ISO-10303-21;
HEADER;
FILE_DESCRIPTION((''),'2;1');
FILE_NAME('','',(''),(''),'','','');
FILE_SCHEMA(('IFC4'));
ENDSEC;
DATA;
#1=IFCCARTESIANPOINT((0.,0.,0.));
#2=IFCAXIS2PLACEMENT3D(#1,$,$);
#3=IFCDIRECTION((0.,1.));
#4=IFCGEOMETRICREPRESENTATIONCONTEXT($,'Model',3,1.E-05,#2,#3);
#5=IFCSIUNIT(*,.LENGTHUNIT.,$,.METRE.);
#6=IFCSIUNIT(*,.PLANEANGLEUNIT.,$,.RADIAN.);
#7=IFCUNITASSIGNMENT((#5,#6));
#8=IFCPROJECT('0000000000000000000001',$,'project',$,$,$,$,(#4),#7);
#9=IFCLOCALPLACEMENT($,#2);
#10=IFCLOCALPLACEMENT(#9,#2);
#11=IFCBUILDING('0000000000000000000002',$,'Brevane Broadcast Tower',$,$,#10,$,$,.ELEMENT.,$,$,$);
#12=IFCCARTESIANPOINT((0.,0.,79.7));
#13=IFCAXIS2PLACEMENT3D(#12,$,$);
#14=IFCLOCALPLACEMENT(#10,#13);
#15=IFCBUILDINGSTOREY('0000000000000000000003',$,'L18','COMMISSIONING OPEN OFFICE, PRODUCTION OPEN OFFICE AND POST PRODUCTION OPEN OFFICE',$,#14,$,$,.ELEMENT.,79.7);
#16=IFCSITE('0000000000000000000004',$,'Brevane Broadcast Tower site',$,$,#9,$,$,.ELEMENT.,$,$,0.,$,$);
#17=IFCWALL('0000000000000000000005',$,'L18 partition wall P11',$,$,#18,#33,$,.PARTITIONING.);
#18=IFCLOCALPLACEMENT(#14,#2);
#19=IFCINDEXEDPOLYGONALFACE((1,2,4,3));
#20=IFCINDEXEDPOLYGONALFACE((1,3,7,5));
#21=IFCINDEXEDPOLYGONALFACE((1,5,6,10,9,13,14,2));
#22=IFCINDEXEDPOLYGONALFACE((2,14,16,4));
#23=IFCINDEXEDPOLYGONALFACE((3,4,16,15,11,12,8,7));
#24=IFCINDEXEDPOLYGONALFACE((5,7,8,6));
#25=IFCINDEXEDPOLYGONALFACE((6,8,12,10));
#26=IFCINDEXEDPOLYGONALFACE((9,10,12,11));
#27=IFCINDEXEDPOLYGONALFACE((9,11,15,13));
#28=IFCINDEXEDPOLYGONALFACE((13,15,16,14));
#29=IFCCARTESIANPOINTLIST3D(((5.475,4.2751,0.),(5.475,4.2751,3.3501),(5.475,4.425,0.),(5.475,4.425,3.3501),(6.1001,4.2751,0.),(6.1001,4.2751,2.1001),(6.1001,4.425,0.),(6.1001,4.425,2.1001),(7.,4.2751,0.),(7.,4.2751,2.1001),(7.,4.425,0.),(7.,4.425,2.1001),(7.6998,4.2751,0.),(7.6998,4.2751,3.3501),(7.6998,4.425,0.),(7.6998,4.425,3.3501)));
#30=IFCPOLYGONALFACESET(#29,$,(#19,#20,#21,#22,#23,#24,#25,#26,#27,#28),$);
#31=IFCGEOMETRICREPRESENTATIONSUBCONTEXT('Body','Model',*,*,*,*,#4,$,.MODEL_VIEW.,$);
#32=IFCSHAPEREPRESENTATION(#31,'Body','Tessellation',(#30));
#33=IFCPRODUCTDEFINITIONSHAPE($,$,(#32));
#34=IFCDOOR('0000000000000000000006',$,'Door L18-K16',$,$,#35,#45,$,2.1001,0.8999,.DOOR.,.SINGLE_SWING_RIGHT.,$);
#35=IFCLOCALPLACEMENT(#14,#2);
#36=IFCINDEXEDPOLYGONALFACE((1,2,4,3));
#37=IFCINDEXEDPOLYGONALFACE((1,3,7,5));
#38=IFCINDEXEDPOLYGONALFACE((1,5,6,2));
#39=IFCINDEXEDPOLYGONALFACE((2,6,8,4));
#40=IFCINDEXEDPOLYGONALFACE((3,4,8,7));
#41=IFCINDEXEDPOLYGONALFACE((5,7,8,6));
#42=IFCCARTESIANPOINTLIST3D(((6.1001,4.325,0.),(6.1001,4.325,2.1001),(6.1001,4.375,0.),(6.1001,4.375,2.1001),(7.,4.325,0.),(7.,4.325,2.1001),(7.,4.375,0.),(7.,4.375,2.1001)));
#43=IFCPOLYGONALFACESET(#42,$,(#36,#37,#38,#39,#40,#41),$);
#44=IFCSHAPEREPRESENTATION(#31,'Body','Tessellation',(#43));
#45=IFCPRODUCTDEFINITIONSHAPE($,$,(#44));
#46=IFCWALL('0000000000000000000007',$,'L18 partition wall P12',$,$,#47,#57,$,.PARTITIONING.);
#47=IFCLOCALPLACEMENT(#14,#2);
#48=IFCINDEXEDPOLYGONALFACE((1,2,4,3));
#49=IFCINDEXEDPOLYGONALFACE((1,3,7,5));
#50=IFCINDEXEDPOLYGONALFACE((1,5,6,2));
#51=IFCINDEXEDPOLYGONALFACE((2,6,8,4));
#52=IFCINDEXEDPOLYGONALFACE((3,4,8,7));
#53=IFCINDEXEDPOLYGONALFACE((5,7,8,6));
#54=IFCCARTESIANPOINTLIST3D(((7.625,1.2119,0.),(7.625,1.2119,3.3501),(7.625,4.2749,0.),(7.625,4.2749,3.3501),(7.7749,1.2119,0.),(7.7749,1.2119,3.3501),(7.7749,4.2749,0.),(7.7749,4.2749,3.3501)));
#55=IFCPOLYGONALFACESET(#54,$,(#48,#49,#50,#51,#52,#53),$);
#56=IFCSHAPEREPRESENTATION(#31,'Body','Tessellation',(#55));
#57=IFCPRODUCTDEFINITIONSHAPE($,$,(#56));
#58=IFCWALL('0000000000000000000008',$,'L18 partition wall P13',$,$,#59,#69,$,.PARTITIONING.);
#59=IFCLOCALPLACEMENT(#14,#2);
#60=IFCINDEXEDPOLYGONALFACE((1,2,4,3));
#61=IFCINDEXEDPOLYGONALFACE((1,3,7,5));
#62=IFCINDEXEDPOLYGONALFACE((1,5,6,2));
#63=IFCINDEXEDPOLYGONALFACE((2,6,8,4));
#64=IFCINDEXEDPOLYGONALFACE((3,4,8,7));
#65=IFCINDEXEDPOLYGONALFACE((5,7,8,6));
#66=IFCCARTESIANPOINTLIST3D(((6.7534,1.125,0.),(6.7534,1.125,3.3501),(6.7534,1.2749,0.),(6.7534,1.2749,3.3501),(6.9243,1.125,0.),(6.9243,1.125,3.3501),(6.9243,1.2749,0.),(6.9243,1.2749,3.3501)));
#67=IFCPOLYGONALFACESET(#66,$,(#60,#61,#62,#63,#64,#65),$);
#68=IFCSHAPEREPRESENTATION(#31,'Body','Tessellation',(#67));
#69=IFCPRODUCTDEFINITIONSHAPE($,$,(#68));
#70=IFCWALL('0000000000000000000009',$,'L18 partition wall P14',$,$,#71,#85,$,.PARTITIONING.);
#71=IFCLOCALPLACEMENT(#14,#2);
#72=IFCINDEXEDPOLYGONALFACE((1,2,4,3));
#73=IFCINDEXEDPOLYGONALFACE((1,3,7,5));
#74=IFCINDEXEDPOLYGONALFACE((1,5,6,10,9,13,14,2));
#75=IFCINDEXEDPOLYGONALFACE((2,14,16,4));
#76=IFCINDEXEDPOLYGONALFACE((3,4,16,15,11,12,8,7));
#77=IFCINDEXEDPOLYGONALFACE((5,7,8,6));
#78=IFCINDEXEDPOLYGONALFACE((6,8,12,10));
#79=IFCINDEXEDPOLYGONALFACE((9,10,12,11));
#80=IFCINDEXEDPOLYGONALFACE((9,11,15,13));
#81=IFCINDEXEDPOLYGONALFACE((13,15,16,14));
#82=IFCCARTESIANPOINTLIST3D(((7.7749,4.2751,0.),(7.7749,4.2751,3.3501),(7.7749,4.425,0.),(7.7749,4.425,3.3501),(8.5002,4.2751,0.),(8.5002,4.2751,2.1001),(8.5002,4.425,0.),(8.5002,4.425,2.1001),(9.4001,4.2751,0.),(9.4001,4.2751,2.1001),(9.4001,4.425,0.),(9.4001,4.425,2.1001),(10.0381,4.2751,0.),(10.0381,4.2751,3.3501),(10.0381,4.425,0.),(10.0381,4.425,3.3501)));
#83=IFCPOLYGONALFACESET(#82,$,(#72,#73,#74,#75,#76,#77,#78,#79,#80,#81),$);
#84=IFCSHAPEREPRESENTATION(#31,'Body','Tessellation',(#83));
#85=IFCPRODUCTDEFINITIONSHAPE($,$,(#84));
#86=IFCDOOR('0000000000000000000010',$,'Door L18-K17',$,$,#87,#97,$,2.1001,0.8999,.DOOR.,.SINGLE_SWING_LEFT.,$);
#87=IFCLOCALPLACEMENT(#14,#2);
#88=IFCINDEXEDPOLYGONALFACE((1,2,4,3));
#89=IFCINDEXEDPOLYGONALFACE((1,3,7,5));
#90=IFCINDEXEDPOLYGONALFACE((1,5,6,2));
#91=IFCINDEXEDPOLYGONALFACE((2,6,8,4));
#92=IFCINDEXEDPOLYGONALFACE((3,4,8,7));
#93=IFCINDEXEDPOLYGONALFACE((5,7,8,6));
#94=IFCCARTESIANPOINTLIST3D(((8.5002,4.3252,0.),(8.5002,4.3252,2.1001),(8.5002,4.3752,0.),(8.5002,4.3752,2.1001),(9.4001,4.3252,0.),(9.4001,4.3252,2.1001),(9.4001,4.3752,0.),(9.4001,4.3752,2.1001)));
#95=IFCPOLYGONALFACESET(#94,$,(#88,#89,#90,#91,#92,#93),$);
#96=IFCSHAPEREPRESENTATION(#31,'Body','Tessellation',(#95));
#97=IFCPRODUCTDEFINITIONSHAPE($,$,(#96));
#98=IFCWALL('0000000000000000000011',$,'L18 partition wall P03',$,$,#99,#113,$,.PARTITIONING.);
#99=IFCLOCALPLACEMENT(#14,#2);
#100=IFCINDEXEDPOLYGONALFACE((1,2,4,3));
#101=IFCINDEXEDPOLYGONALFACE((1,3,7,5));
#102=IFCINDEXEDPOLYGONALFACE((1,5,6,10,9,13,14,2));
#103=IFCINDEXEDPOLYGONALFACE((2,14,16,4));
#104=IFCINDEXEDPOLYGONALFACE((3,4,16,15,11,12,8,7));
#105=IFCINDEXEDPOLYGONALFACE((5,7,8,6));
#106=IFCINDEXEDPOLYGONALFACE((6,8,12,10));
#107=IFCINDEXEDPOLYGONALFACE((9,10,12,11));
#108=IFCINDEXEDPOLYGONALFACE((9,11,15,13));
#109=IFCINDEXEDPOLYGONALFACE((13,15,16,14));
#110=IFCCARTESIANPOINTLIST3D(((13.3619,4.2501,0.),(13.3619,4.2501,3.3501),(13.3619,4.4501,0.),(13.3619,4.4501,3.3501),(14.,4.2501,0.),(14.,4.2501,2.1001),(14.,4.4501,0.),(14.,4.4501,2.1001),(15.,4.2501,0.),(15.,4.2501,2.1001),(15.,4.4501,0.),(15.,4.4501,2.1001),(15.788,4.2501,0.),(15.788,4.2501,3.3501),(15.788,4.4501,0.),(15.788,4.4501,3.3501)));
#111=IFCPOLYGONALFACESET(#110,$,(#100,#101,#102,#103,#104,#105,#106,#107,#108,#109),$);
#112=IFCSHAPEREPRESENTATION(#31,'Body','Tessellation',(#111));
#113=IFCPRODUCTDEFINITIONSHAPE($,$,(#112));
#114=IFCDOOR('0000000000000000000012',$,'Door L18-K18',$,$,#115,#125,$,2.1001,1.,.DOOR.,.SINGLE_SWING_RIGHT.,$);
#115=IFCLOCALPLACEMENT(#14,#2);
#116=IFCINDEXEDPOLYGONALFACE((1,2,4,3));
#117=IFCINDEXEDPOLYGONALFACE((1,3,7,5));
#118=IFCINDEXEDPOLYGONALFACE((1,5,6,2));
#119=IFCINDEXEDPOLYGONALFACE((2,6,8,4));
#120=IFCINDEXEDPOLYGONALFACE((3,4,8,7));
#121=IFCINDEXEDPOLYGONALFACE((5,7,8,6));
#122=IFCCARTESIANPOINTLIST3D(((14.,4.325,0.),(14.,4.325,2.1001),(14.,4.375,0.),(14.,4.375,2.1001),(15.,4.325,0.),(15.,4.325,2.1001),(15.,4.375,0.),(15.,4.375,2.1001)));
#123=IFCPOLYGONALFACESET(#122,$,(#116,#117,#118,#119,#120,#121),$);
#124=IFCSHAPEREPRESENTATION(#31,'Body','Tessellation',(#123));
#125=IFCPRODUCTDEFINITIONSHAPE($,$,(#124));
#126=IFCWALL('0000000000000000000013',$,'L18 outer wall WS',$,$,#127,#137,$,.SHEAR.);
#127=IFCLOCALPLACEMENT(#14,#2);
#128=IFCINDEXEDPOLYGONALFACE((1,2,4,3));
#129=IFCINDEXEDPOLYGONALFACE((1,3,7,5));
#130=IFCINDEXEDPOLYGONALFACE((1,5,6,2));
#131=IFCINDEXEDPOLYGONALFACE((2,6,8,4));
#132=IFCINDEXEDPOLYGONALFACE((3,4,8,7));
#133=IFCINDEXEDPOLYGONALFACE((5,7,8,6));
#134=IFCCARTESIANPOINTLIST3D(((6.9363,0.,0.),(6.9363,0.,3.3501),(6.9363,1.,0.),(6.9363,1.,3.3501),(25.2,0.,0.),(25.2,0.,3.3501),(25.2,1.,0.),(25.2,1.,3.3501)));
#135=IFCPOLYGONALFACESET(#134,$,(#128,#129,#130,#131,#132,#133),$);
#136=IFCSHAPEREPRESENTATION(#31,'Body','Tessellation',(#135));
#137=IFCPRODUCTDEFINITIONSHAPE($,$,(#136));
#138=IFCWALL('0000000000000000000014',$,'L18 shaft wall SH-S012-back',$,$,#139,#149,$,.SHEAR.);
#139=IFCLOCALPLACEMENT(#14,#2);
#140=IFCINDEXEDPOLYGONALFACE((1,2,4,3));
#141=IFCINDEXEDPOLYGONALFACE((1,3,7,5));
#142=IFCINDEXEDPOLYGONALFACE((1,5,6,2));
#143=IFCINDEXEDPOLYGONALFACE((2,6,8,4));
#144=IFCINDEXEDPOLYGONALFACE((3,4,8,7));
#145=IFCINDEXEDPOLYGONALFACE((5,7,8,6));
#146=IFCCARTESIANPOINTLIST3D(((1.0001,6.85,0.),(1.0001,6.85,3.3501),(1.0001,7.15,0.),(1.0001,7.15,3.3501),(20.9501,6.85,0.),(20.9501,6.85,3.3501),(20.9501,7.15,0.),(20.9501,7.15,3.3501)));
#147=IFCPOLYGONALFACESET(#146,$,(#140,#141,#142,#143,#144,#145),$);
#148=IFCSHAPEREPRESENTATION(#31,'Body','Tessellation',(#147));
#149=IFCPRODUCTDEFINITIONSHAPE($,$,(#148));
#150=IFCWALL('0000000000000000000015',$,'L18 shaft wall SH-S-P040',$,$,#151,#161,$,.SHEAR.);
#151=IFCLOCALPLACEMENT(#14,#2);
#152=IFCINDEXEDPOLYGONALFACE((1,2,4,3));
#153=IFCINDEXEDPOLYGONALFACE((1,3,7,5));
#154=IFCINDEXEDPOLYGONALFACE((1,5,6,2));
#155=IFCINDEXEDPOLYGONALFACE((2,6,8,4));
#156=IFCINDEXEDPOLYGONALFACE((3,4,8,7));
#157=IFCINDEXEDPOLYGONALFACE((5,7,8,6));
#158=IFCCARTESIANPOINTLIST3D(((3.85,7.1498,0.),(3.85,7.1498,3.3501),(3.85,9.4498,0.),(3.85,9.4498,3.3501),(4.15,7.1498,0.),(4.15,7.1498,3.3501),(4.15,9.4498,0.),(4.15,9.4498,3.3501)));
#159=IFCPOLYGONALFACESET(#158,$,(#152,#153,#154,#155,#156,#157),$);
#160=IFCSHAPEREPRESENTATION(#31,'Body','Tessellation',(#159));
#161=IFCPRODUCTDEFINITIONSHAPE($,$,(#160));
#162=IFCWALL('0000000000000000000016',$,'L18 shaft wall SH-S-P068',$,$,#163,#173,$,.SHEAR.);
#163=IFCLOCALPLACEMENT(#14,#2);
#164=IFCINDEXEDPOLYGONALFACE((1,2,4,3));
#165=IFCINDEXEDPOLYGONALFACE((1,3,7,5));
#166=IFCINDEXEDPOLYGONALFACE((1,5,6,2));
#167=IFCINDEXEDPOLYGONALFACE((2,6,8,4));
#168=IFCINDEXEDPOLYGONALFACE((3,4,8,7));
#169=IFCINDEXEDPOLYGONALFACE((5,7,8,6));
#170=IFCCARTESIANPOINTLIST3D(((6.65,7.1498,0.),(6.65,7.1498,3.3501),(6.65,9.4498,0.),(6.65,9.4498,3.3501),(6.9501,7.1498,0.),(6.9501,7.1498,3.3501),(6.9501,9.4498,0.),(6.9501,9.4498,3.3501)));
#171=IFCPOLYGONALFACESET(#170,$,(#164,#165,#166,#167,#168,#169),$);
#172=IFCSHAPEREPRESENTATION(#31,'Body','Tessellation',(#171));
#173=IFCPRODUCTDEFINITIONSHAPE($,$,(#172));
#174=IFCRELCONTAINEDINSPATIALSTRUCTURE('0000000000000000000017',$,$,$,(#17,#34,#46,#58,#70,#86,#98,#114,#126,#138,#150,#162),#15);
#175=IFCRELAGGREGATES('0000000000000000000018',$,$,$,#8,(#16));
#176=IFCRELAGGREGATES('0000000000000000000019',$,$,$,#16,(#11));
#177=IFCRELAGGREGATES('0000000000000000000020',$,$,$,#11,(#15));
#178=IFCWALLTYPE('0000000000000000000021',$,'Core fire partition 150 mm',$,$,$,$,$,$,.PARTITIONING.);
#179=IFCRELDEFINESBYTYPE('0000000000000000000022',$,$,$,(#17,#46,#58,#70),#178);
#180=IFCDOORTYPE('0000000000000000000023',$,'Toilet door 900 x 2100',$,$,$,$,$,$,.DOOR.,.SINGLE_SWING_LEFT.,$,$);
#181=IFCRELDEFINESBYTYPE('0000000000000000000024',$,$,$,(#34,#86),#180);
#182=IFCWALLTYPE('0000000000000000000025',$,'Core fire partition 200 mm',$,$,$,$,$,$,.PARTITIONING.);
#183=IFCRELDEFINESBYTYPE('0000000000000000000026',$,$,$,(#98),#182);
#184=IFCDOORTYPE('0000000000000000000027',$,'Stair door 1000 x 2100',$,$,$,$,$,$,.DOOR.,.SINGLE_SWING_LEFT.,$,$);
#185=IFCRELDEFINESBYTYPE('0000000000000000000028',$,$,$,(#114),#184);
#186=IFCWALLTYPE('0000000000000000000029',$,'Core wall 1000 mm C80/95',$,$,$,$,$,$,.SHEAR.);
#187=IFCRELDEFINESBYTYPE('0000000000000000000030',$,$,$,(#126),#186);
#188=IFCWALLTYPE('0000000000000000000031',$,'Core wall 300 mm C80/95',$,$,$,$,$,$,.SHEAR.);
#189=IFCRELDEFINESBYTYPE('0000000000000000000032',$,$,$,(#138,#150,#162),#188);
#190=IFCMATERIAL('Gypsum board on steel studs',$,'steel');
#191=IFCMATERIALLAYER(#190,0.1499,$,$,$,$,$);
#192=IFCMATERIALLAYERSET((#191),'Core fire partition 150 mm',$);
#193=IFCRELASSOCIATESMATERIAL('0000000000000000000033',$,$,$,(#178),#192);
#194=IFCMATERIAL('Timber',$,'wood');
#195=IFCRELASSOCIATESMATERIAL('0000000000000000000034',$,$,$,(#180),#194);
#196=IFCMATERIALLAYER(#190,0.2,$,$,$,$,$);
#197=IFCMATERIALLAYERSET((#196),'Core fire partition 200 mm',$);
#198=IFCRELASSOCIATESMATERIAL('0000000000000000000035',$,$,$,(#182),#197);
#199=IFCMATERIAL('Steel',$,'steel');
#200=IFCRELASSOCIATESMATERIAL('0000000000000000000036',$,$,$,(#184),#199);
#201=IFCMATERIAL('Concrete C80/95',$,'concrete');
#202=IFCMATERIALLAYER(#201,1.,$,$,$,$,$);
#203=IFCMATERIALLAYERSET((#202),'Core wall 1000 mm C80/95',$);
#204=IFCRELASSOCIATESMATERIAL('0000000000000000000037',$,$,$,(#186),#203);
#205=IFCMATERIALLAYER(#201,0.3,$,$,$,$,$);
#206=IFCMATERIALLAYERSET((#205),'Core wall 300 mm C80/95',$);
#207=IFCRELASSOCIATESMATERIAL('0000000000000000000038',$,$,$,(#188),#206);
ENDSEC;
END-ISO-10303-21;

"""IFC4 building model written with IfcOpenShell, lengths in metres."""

from ifc_helpers import new_model, si_unit, direction, frame, frame_2d, origin, place, context, subcontext, project, spatial, rectangle, extrude, material, layer, layer_set, type_object, element, fill, save


model = new_model("IFC4")

# Units and contexts
model_context = context("Model", 3, precision=1e-05, world=origin(), true_north=direction((0.0, 1.0)))
body_context = subcontext(model_context, "Body", "Model", "MODEL_VIEW")
ifc_project = project(units=[si_unit("LENGTHUNIT", "METRE"), si_unit("PLANEANGLEUNIT", "RADIAN")], contexts=[model_context])

# Site, building, storey
site_placement = place(None, origin())
site = spatial("IfcSite", under=ifc_project, at=site_placement, Name="Brevane Broadcast Tower site", CompositionType="ELEMENT", RefElevation=0.0)
building_placement = place(site_placement, origin())
building = spatial("IfcBuilding", under=site, at=building_placement, Name="Brevane Broadcast Tower", CompositionType="ELEMENT")
storey_placement = place(building_placement, frame((0.0, 0.0, 79.7)))
storey = spatial("IfcBuildingStorey", under=building, at=storey_placement, Name="L18", Description="COMMISSIONING OPEN OFFICE, PRODUCTION OPEN OFFICE AND POST PRODUCTION OPEN OFFICE", CompositionType="ELEMENT", Elevation=79.7)

# Shared definitions
ifc_material_1 = material(Name="Gypsum board on steel studs", Category="steel")
ifc_layer_1 = layer(ifc_material_1, 0.1499)
ifc_layer_set_1 = layer_set([ifc_layer_1], Name="Core fire partition 150 mm")
wall_type_1 = type_object("IfcWallType", Name="Core fire partition 150 mm", PredefinedType="PARTITIONING", material=ifc_layer_set_1)

# Wall, opening, door
wall_1_placement = place(storey_placement, frame((5.4751, 4.3501, 0.0), z_axis=(0.0, 0.0, 1.0), x_axis=(1.0, 0.0, 0.0)))
wall_1 = element("IfcWall", 1, at=wall_1_placement, inside=storey, type_object=wall_type_1, Name="L18 partition wall P11", PredefinedType="PARTITIONING", context=body_context, shape_type="SweptSolid", body=[
    extrude(rectangle(XDim=2.2249, YDim=0.1499, at=frame_2d((1.1123, 0.0))), origin(), (0.0, 0.0, 1.0), 3.3501),
])
opening_1_placement = place(wall_1_placement, frame((0.625, 0.0, 0.0)))
opening_1 = element("IfcOpeningElement", 2, at=opening_1_placement, cuts=wall_1, PredefinedType="OPENING", context=body_context, shape_type="SweptSolid", body=[
    extrude(rectangle(XDim=0.8999, YDim=2.1001, at=frame_2d((0.45, 1.05))), frame((0.0, 0.085, 0.0), z_axis=(0.0, -1.0, 0.0), x_axis=(1.0, 0.0, 0.0)), (0.0, 0.0, 1.0), 0.1699),
])
ifc_material_2 = material(Name="Timber", Category="wood")
door_type_1 = type_object("IfcDoorType", Name="Toilet door 900 x 2100", OperationType="SINGLE_SWING_LEFT", PredefinedType="DOOR", material=ifc_material_2)
door_1_placement = place(opening_1_placement, origin())
door_1 = element("IfcDoor", 3, at=door_1_placement, inside=storey, type_object=door_type_1, Name="Door L18-K16", OperationType="SINGLE_SWING_RIGHT", OverallHeight=2.1001, OverallWidth=0.8999, PredefinedType="DOOR", context=body_context, shape_type="SweptSolid", body=[
    extrude(rectangle(XDim=0.8999, YDim=2.1001, at=frame_2d((0.45, 1.05))), frame((0.0, 0.0249, 0.0), z_axis=(0.0, -1.0, 0.0), x_axis=(1.0, 0.0, 0.0)), (0.0, 0.0, 1.0), 0.05),
])
fill(opening_1, door_1)

# Walls
wall_2_placement = place(storey_placement, frame((7.7, 4.2749, 0.0), z_axis=(0.0, 0.0, 1.0), x_axis=(0.0, -1.0, 0.0)))
element("IfcWall", 4, at=wall_2_placement, inside=storey, type_object=wall_type_1, Name="L18 partition wall P12", PredefinedType="PARTITIONING", context=body_context, shape_type="SweptSolid", body=[
    extrude(rectangle(XDim=3.063, YDim=0.1499, at=frame_2d((1.5315, 0.0))), origin(), (0.0, 0.0, 1.0), 3.3501),
])
wall_3_placement = place(storey_placement, frame((6.9243, 1.2, 0.0), z_axis=(0.0, 0.0, 1.0), x_axis=(-1.0, 0.0, 0.0)))
element("IfcWall", 5, at=wall_3_placement, inside=storey, type_object=wall_type_1, Name="L18 partition wall P13", PredefinedType="PARTITIONING", context=body_context, shape_type="SweptSolid", body=[
    extrude(rectangle(XDim=0.1709, YDim=0.1499, at=frame_2d((0.0854, 0.0))), origin(), (0.0, 0.0, 1.0), 3.3501),
])

# Walls, openings, doors
wall_4_placement = place(storey_placement, frame((10.0381, 4.3501, 0.0), z_axis=(0.0, 0.0, 1.0), x_axis=(-1.0, 0.0, 0.0)))
wall_4 = element("IfcWall", 6, at=wall_4_placement, inside=storey, type_object=wall_type_1, Name="L18 partition wall P14", PredefinedType="PARTITIONING", context=body_context, shape_type="SweptSolid", body=[
    extrude(rectangle(XDim=2.2632, YDim=0.1499, at=frame_2d((1.1316, 0.0))), origin(), (0.0, 0.0, 1.0), 3.3501),
])
opening_2_placement = place(wall_4_placement, frame((0.6379, 0.0, 0.0)))
opening_2 = element("IfcOpeningElement", 7, at=opening_2_placement, cuts=wall_4, PredefinedType="OPENING", context=body_context, shape_type="SweptSolid", body=[
    extrude(rectangle(XDim=0.8999, YDim=2.1001, at=frame_2d((0.45, 1.05))), frame((0.0, 0.085, 0.0), z_axis=(0.0, -1.0, 0.0), x_axis=(1.0, 0.0, 0.0)), (0.0, 0.0, 1.0), 0.1699),
])
door_2_placement = place(opening_2_placement, origin())
door_2 = element("IfcDoor", 8, at=door_2_placement, inside=storey, type_object=door_type_1, Name="Door L18-K17", OperationType="SINGLE_SWING_LEFT", OverallHeight=2.1001, OverallWidth=0.8999, PredefinedType="DOOR", context=body_context, shape_type="SweptSolid", body=[
    extrude(rectangle(XDim=0.8999, YDim=2.1001, at=frame_2d((0.45, 1.05))), frame((0.0, 0.0249, 0.0), z_axis=(0.0, -1.0, 0.0), x_axis=(1.0, 0.0, 0.0)), (0.0, 0.0, 1.0), 0.05),
])
fill(opening_2, door_2)
ifc_layer_2 = layer(ifc_material_1, 0.2)
ifc_layer_set_2 = layer_set([ifc_layer_2], Name="Core fire partition 200 mm")
wall_type_2 = type_object("IfcWallType", Name="Core fire partition 200 mm", PredefinedType="PARTITIONING", material=ifc_layer_set_2)
wall_5_placement = place(storey_placement, frame((13.3621, 4.3501, 0.0), z_axis=(0.0, 0.0, 1.0), x_axis=(1.0, 0.0, 0.0)))
wall_5 = element("IfcWall", 9, at=wall_5_placement, inside=storey, type_object=wall_type_2, Name="L18 partition wall P03", PredefinedType="PARTITIONING", context=body_context, shape_type="SweptSolid", body=[
    extrude(rectangle(XDim=2.426, YDim=0.2, at=frame_2d((1.2129, 0.0))), origin(), (0.0, 0.0, 1.0), 3.3501),
])
opening_3_placement = place(wall_5_placement, frame((0.6379, 0.0, 0.0)))
opening_3 = element("IfcOpeningElement", 10, at=opening_3_placement, cuts=wall_5, PredefinedType="OPENING", context=body_context, shape_type="SweptSolid", body=[
    extrude(rectangle(XDim=1.0, YDim=2.1001, at=frame_2d((0.5, 1.05))), frame((0.0, 0.1099, 0.0), z_axis=(0.0, -1.0, 0.0), x_axis=(1.0, 0.0, 0.0)), (0.0, 0.0, 1.0), 0.22),
])
ifc_material_3 = material(Name="Steel", Category="steel")
door_type_2 = type_object("IfcDoorType", Name="Stair door 1000 x 2100", OperationType="SINGLE_SWING_LEFT", PredefinedType="DOOR", material=ifc_material_3)
door_3_placement = place(opening_3_placement, origin())
door_3 = element("IfcDoor", 11, at=door_3_placement, inside=storey, type_object=door_type_2, Name="Door L18-K18", OperationType="SINGLE_SWING_RIGHT", OverallHeight=2.1001, OverallWidth=1.0, PredefinedType="DOOR", context=body_context, shape_type="SweptSolid", body=[
    extrude(rectangle(XDim=1.0, YDim=2.1001, at=frame_2d((0.5, 1.05))), frame((0.0, 0.0249, 0.0), z_axis=(0.0, -1.0, 0.0), x_axis=(1.0, 0.0, 0.0)), (0.0, 0.0, 1.0), 0.05),
])
fill(opening_3, door_3)

# Walls
ifc_material_4 = material(Name="Concrete C80/95", Category="concrete")
ifc_layer_3 = layer(ifc_material_4, 1.0)
ifc_layer_set_3 = layer_set([ifc_layer_3], Name="Core wall 1000 mm C80/95")
wall_type_3 = type_object("IfcWallType", Name="Core wall 1000 mm C80/95", PredefinedType="SHEAR", material=ifc_layer_set_3)
wall_6_placement = place(storey_placement, frame((6.9363, 0.5, 0.0), z_axis=(0.0, 0.0, 1.0), x_axis=(1.0, 0.0, 0.0)))
element("IfcWall", 12, at=wall_6_placement, inside=storey, type_object=wall_type_3, Name="L18 outer wall WS", PredefinedType="SHEAR", context=body_context, shape_type="SweptSolid", body=[
    extrude(rectangle(XDim=18.2637, YDim=1.0, at=frame_2d((9.1318, 0.0))), origin(), (0.0, 0.0, 1.0), 3.3501),
])
ifc_layer_4 = layer(ifc_material_4, 0.3)
ifc_layer_set_4 = layer_set([ifc_layer_4], Name="Core wall 300 mm C80/95")
wall_type_4 = type_object("IfcWallType", Name="Core wall 300 mm C80/95", PredefinedType="SHEAR", material=ifc_layer_set_4)
wall_7_placement = place(storey_placement, frame((1.0, 7.0, 0.0), z_axis=(0.0, 0.0, 1.0), x_axis=(1.0, 0.0, 0.0)))
element("IfcWall", 13, at=wall_7_placement, inside=storey, type_object=wall_type_4, Name="L18 shaft wall SH-S012-back", PredefinedType="SHEAR", context=body_context, shape_type="SweptSolid", body=[
    extrude(rectangle(XDim=19.95, YDim=0.3, at=frame_2d((9.9751, 0.0))), origin(), (0.0, 0.0, 1.0), 3.3501),
])
for number, where, z_axis, x_axis, name in (
    (14, (4.0, 7.1499, 0.0), (0.0, 0.0, 1.0), (0.0, 1.0, 0.0), "L18 shaft wall SH-S-P040"),
    (15, (6.8, 7.1499, 0.0), (0.0, 0.0, 1.0), (0.0, 1.0, 0.0), "L18 shaft wall SH-S-P068"),
):
    element("IfcWall", number, at=place(storey_placement, frame(where, z_axis=z_axis, x_axis=x_axis)), inside=storey, type_object=wall_type_4, Name=name, PredefinedType="SHEAR", context=body_context, shape_type="SweptSolid", body=[
        extrude(rectangle(XDim=2.3, YDim=0.3, at=frame_2d((1.1499, 0.0))), origin(), (0.0, 0.0, 1.0), 3.3501),
    ])

save(model, "model.ifc")
